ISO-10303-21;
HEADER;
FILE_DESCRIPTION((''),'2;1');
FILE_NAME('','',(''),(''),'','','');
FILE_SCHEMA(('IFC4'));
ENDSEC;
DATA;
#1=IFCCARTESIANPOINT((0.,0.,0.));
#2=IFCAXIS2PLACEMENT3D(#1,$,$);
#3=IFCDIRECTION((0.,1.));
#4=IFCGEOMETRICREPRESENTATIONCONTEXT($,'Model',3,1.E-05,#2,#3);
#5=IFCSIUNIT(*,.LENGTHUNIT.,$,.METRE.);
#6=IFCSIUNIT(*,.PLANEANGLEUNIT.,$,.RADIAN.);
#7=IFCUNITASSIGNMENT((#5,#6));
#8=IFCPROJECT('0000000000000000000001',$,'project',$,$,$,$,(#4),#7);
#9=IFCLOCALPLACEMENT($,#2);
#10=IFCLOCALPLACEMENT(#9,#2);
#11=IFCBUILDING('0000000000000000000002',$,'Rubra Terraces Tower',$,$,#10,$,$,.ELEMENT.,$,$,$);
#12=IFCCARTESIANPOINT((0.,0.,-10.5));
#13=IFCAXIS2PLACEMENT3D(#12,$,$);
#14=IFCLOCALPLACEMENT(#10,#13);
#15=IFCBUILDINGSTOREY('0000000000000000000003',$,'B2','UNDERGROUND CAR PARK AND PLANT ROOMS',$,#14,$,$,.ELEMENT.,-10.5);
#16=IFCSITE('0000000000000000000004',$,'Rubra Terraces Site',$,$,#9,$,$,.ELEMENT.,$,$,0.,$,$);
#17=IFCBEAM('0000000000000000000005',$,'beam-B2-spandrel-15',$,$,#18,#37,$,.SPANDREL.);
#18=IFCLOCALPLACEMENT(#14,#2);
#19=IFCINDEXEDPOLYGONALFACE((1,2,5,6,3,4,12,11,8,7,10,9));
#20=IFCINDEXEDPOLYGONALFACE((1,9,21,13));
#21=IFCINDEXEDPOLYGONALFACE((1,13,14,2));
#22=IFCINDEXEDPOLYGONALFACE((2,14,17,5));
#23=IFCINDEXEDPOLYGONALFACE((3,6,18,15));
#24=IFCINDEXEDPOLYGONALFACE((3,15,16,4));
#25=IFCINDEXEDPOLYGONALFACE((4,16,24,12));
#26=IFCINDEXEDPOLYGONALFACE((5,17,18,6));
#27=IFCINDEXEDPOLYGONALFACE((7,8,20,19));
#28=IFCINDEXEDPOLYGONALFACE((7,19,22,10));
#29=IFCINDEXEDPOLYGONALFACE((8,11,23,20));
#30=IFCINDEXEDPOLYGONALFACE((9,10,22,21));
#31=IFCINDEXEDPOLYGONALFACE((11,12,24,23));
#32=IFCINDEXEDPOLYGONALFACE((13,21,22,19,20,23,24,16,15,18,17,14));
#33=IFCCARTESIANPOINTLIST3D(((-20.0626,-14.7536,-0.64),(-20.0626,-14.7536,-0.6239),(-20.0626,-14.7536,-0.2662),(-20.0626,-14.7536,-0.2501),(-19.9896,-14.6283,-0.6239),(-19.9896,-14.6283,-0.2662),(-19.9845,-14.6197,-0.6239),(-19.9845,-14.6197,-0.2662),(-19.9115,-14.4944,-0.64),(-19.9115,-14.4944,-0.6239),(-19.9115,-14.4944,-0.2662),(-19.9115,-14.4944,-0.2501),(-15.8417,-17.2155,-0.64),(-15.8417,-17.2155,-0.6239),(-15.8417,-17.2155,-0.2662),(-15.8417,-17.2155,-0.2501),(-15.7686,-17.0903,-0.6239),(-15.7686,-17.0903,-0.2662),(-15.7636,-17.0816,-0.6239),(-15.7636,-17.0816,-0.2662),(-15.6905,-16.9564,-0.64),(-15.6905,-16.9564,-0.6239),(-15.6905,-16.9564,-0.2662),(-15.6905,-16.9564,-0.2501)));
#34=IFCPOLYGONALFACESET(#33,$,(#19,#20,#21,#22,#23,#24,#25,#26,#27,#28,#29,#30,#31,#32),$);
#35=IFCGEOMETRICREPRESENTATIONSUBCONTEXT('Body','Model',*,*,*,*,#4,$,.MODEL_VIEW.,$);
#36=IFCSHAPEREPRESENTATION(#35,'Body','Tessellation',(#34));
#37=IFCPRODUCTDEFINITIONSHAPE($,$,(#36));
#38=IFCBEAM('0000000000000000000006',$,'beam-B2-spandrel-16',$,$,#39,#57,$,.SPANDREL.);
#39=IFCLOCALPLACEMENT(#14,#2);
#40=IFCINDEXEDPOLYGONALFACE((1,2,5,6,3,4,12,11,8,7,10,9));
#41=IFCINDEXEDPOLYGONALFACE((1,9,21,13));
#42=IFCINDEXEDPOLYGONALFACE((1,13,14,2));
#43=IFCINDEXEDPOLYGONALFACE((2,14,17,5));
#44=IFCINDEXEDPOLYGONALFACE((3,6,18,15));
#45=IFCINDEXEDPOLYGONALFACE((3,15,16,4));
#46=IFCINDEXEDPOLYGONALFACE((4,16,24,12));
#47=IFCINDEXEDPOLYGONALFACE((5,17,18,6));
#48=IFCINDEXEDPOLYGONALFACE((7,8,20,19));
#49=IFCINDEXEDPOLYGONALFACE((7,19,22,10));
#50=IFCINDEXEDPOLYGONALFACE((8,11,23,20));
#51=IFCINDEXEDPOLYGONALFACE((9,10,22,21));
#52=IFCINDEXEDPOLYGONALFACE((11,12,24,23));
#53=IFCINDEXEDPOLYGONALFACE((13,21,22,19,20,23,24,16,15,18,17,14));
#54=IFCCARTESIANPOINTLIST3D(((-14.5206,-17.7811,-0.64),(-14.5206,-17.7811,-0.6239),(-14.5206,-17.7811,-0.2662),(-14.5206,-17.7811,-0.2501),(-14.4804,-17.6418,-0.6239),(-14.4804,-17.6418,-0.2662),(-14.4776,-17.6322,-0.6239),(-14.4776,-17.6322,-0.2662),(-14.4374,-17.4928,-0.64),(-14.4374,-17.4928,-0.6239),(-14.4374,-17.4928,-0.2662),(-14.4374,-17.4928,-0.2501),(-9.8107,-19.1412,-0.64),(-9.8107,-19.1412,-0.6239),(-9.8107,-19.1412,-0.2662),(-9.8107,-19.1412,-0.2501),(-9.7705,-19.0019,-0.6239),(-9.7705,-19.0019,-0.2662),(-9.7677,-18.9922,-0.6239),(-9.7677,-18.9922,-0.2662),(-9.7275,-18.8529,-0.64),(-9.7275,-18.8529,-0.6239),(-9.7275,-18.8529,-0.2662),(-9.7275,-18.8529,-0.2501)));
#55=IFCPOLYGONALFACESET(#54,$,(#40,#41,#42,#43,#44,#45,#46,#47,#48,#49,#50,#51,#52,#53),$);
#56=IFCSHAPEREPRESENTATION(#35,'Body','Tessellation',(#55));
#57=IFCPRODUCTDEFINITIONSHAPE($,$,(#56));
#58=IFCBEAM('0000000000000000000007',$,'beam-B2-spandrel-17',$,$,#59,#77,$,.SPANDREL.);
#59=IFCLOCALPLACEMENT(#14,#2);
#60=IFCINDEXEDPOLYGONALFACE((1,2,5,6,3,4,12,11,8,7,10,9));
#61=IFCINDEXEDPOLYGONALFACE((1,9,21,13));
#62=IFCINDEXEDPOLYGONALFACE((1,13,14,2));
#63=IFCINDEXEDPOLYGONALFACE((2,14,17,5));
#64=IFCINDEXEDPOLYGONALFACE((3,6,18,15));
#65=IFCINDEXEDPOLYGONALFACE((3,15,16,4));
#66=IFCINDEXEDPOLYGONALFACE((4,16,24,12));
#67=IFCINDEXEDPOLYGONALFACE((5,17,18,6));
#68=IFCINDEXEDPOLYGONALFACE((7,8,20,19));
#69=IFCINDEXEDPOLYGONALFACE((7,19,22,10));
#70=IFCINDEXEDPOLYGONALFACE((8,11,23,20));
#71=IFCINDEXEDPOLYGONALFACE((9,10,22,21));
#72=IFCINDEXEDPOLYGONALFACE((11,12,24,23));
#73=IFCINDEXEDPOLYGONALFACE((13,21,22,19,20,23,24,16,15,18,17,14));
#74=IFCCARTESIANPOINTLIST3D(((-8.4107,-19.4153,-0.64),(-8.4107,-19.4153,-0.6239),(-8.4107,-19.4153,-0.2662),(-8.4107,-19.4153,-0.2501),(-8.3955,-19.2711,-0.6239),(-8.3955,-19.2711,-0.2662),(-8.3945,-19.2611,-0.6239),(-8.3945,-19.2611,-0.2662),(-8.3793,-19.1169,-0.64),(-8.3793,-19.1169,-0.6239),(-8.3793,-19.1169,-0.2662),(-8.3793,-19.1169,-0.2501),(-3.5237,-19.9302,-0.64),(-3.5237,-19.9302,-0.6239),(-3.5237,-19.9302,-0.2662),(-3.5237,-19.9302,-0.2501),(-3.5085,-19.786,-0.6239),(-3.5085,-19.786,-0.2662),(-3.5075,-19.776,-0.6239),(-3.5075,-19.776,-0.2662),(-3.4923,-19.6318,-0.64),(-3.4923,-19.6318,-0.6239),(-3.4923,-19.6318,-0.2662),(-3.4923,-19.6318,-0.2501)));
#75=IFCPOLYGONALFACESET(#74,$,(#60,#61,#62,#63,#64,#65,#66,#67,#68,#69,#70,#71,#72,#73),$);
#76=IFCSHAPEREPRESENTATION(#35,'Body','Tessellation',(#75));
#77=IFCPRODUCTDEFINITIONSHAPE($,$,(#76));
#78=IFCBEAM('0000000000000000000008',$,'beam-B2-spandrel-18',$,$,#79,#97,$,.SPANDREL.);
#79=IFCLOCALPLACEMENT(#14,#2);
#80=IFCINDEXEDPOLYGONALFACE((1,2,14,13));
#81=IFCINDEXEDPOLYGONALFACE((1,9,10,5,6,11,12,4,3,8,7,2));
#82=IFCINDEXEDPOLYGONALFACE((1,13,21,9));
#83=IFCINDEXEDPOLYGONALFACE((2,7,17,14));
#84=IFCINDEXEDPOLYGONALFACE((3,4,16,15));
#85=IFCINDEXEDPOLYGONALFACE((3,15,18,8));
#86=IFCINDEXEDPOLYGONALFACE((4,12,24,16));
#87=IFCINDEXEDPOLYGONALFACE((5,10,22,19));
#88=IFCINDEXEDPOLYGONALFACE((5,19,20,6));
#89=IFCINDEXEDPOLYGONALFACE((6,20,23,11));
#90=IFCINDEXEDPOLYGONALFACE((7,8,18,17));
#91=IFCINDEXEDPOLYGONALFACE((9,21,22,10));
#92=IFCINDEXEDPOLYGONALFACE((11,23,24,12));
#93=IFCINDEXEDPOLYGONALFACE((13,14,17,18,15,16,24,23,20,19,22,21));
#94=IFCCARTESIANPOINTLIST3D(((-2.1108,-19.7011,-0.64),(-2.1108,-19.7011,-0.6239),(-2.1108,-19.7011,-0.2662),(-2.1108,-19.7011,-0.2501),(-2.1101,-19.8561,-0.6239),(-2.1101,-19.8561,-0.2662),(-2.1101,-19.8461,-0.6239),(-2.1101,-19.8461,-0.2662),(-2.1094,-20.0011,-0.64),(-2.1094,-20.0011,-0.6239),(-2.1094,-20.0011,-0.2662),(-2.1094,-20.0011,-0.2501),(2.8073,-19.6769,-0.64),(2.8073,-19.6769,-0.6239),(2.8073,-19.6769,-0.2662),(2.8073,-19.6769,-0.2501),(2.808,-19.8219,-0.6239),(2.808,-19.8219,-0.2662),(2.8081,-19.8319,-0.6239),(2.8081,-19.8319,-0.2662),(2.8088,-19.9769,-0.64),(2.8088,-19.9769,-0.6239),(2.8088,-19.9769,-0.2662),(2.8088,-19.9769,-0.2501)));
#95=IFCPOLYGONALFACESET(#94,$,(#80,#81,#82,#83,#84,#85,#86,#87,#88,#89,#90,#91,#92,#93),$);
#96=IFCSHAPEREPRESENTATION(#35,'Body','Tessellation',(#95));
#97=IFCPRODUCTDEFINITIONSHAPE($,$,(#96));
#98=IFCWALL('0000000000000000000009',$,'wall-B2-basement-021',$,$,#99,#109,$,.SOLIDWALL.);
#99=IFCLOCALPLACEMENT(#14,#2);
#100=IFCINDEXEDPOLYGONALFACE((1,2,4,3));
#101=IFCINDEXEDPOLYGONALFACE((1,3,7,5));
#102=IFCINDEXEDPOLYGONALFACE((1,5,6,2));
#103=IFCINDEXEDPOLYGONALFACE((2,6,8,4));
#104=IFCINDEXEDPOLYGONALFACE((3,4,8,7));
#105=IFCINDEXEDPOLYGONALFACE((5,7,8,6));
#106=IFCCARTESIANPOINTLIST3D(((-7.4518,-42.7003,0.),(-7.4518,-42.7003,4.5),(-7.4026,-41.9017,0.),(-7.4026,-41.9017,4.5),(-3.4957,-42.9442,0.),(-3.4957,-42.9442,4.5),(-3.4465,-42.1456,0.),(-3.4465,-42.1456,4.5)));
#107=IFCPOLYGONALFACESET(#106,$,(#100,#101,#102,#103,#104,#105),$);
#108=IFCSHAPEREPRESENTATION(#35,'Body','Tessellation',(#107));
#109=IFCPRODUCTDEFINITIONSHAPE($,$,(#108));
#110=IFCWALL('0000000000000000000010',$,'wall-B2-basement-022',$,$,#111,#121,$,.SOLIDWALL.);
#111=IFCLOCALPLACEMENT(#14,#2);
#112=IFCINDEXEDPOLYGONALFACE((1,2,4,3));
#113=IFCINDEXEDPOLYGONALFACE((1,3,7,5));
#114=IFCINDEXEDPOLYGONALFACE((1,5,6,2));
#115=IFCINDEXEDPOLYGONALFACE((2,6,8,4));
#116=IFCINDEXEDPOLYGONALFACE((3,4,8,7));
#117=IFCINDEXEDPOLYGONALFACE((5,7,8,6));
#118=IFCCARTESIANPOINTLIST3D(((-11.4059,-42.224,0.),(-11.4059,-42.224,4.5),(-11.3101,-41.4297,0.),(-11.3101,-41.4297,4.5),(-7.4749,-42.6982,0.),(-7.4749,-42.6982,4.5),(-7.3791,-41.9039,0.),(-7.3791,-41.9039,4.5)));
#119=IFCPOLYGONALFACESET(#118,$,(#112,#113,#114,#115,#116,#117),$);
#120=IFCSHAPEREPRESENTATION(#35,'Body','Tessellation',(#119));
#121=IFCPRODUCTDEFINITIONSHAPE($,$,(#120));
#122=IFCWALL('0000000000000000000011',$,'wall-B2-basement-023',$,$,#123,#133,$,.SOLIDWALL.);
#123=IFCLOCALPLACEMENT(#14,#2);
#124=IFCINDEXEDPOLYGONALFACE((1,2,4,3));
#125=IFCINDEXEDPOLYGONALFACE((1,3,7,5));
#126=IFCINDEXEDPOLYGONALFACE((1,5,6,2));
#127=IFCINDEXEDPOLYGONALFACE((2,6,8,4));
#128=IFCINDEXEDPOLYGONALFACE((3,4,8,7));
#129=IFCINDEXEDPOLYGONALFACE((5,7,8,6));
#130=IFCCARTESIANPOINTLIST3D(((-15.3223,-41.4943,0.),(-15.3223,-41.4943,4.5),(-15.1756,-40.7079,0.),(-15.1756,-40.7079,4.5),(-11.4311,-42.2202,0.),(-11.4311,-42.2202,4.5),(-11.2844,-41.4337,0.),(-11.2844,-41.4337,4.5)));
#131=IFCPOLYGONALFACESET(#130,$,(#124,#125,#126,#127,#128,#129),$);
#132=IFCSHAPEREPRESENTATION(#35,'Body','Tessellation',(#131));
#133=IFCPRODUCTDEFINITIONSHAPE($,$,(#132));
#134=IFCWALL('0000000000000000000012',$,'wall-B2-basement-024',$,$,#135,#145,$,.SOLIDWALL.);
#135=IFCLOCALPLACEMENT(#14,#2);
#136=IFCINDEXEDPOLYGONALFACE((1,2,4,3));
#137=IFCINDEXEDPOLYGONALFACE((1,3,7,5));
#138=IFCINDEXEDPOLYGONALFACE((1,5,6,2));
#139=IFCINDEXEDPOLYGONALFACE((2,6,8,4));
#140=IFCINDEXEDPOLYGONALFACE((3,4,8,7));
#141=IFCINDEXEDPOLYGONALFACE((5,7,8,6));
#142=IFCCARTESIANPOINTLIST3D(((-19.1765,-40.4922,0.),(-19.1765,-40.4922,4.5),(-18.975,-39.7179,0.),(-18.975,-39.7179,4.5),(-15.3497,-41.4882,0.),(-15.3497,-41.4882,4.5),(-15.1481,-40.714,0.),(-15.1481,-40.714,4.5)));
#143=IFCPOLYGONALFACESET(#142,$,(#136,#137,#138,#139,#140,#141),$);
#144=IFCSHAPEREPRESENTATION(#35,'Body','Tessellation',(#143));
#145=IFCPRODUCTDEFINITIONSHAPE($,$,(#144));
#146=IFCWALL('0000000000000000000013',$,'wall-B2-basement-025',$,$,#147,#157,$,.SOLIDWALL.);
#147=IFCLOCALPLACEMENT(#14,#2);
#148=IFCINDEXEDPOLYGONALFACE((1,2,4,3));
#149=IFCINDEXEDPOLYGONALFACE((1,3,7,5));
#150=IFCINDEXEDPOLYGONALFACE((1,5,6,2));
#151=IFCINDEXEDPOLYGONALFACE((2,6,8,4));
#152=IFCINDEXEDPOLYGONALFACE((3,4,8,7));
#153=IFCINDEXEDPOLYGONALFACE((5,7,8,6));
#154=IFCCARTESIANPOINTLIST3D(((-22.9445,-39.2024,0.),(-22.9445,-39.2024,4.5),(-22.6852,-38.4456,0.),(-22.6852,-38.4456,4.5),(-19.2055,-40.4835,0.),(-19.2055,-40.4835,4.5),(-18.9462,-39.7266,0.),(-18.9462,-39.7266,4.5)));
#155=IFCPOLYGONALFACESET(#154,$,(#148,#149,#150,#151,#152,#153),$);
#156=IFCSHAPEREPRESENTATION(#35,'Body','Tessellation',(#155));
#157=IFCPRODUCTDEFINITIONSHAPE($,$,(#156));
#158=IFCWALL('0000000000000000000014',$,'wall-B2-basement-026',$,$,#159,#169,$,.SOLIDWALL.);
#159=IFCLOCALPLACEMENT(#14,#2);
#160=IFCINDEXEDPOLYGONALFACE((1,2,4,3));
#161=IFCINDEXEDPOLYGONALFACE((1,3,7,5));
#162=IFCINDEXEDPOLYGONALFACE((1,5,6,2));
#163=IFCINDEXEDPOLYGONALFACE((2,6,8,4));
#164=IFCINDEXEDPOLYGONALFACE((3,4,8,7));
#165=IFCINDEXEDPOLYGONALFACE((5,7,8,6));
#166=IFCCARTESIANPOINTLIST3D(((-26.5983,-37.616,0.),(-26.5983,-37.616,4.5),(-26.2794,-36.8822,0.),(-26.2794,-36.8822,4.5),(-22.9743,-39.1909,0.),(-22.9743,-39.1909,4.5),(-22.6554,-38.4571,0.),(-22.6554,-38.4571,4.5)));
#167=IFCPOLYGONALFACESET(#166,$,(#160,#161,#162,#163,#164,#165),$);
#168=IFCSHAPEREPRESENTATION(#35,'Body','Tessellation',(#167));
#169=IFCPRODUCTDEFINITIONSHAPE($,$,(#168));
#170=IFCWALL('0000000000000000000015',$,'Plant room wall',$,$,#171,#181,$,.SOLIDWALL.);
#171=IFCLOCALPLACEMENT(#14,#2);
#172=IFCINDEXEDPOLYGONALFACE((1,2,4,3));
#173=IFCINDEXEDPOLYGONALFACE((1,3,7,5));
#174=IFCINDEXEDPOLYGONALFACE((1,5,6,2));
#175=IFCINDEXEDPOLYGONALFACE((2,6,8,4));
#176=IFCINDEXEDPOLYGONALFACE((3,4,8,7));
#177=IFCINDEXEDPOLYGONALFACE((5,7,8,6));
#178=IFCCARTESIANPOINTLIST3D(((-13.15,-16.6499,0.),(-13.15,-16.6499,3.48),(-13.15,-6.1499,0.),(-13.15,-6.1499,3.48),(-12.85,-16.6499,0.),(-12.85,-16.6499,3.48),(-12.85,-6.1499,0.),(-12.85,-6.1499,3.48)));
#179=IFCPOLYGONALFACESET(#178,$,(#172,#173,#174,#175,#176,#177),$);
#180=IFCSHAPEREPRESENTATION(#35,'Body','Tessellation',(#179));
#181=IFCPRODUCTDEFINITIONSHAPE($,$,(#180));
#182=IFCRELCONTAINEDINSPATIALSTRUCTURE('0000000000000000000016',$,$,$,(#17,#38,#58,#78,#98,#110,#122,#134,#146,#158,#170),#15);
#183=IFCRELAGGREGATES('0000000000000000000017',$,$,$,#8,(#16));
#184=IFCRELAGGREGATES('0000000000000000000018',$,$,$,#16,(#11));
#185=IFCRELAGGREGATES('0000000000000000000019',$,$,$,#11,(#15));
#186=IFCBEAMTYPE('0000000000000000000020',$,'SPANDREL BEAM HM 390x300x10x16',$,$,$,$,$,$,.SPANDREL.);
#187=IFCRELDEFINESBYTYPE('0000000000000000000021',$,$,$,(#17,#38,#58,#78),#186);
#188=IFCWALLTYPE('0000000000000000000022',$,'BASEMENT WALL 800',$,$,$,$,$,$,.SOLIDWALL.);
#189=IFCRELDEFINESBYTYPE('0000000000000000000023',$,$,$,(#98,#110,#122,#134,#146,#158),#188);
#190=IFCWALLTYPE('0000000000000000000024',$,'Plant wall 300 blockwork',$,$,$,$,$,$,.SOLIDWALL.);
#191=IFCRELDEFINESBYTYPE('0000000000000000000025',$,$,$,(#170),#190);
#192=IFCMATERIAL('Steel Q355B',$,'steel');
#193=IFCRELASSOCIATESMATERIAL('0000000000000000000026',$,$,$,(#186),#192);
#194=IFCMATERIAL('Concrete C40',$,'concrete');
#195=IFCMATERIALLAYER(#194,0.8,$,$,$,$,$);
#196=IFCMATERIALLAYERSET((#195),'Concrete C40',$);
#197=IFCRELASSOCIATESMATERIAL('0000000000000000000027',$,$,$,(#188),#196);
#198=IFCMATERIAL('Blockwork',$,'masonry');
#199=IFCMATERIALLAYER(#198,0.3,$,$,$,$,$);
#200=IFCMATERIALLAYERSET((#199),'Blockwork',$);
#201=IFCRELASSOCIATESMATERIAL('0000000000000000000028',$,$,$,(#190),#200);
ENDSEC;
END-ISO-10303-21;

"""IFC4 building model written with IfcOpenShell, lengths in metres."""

from ifc_helpers import new_model, si_unit, direction, frame, frame_2d, origin, origin_2d, place, context, subcontext, project, spatial, rectangle, i_section, extrude, material, layer, layer_set, material_profile, profile_set, type_object, element, save


model = new_model("IFC4")

# Units and contexts
model_context = context("Model", 3, precision=1e-05, world=origin(), true_north=direction((0.0, 1.0)))
body_context = subcontext(model_context, "Body", "Model", "MODEL_VIEW")
ifc_project = project(units=[si_unit("LENGTHUNIT", "METRE"), si_unit("PLANEANGLEUNIT", "RADIAN")], contexts=[model_context])

# Site, building, storey
site_placement = place(None, origin())
site = spatial("IfcSite", under=ifc_project, at=site_placement, Name="Rubra Terraces Site", CompositionType="ELEMENT", RefElevation=0.0)
building_placement = place(site_placement, origin())
building = spatial("IfcBuilding", under=site, at=building_placement, Name="Rubra Terraces Tower", CompositionType="ELEMENT")
storey_placement = place(building_placement, frame((0.0, 0.0, -10.5)))
storey = spatial("IfcBuildingStorey", under=building, at=storey_placement, Name="B2", Description="UNDERGROUND CAR PARK AND PLANT ROOMS", CompositionType="ELEMENT", Elevation=-10.5)

# Beams
ifc_material_1 = material(Name="Steel Q355B", Category="steel")
ifc_material_profile_1 = material_profile(ifc_material_1, i_section(OverallWidth=0.3, OverallDepth=0.3899, WebThickness=0.01, FlangeThickness=0.0161, at=origin_2d()), Name="HM 390x300x10x16")
ifc_profile_set_1 = profile_set([ifc_material_profile_1], Name="Steel Q355B")
beam_type_1 = type_object("IfcBeamType", Name="SPANDREL BEAM HM 390x300x10x16", PredefinedType="SPANDREL", material=ifc_profile_set_1)
beam_1_placement = place(storey_placement, frame((-19.9871, -14.624, -0.4451), z_axis=(0.863806, -0.503824, 0.0), x_axis=(0.503824, 0.863806, 0.0)))
element("IfcBeam", 1, at=beam_1_placement, inside=storey, type_object=beam_type_1, Name="beam-B2-spandrel-15", PredefinedType="SPANDREL", context=body_context, shape_type="SweptSolid", body=[
    extrude(i_section(OverallWidth=0.3, OverallDepth=0.3899, WebThickness=0.01, FlangeThickness=0.0161, at=origin_2d()), origin(), (0.0, 0.0, 1.0), 4.8865),
])
beam_2_placement = place(storey_placement, frame((-14.479, -17.637, -0.4451), z_axis=(0.960744, -0.277436, 0.0), x_axis=(0.277436, 0.960744, 0.0)))
element("IfcBeam", 2, at=beam_2_placement, inside=storey, type_object=beam_type_1, Name="beam-B2-spandrel-16", PredefinedType="SPANDREL", context=body_context, shape_type="SweptSolid", body=[
    extrude(i_section(OverallWidth=0.3, OverallDepth=0.3899, WebThickness=0.01, FlangeThickness=0.0161, at=origin_2d()), origin(), (0.0, 0.0, 1.0), 4.9023),
])
beam_3_placement = place(storey_placement, frame((-8.395, -19.2661, -0.4451), z_axis=(0.994495, -0.10478, 0.0), x_axis=(0.10478, 0.994495, 0.0)))
element("IfcBeam", 3, at=beam_3_placement, inside=storey, type_object=beam_type_1, Name="beam-B2-spandrel-17", PredefinedType="SPANDREL", context=body_context, shape_type="SweptSolid", body=[
    extrude(i_section(OverallWidth=0.3, OverallDepth=0.3899, WebThickness=0.01, FlangeThickness=0.0161, at=origin_2d()), origin(), (0.0, 0.0, 1.0), 4.9141),
])
beam_4_placement = place(storey_placement, frame((-2.1101, -19.8511, -0.4451), z_axis=(0.999988, 0.004914, 0.0), x_axis=(-0.004914, 0.999988, 0.0)))
element("IfcBeam", 4, at=beam_4_placement, inside=storey, type_object=beam_type_1, Name="beam-B2-spandrel-18", PredefinedType="SPANDREL", context=body_context, shape_type="SweptSolid", body=[
    extrude(i_section(OverallWidth=0.3, OverallDepth=0.3899, WebThickness=0.01, FlangeThickness=0.0161, at=origin_2d()), origin(), (0.0, 0.0, 1.0), 4.9182),
])

# Walls
ifc_material_2 = material(Name="Concrete C40", Category="concrete")
ifc_layer_1 = layer(ifc_material_2, 0.8)
ifc_layer_set_1 = layer_set([ifc_layer_1], Name="Concrete C40")
wall_type_1 = type_object("IfcWallType", Name="BASEMENT WALL 800", PredefinedType="SOLIDWALL", material=ifc_layer_set_1)
wall_1_placement = place(storey_placement, frame((-3.4709, -42.5449, 0.0), z_axis=(0.0, 0.0, 1.0), x_axis=(-0.998105, 0.061535, 0.0)))
element("IfcWall", 5, at=wall_1_placement, inside=storey, type_object=wall_type_1, Name="wall-B2-basement-021", PredefinedType="SOLIDWALL", context=body_context, shape_type="SweptSolid", body=[
    extrude(rectangle(XDim=3.9636, YDim=0.8, at=frame_2d((1.9819, 0.0))), origin(), (0.0, 0.0, 1.0), 4.5),
])
wall_2_placement = place(storey_placement, frame((-7.427, -42.301, 0.0), z_axis=(0.0, 0.0, 1.0), x_axis=(-0.992805, 0.119746, 0.0)))
element("IfcWall", 6, at=wall_2_placement, inside=storey, type_object=wall_type_1, Name="wall-B2-basement-022", PredefinedType="SOLIDWALL", context=body_context, shape_type="SweptSolid", body=[
    extrude(rectangle(XDim=3.9595, YDim=0.8, at=frame_2d((1.9797, 0.0))), origin(), (0.0, 0.0, 1.0), 4.5),
])
wall_3_placement = place(storey_placement, frame((-11.3579, -41.8269, 0.0), z_axis=(0.0, 0.0, 1.0), x_axis=(-0.983044, 0.183372, 0.0)))
element("IfcWall", 7, at=wall_3_placement, inside=storey, type_object=wall_type_1, Name="wall-B2-basement-023", PredefinedType="SOLIDWALL", context=body_context, shape_type="SweptSolid", body=[
    extrude(rectangle(XDim=3.9583, YDim=0.8, at=frame_2d((1.979, 0.0))), origin(), (0.0, 0.0, 1.0), 4.5),
])
wall_4_placement = place(storey_placement, frame((-15.249, -41.1011, 0.0), z_axis=(0.0, 0.0, 1.0), x_axis=(-0.967755, 0.251894, 0.0)))
element("IfcWall", 8, at=wall_4_placement, inside=storey, type_object=wall_type_1, Name="wall-B2-basement-024", PredefinedType="SOLIDWALL", context=body_context, shape_type="SweptSolid", body=[
    extrude(rectangle(XDim=3.9543, YDim=0.8, at=frame_2d((1.9771, 0.0))), origin(), (0.0, 0.0, 1.0), 4.5),
])
wall_5_placement = place(storey_placement, frame((-19.0759, -40.105, 0.0), z_axis=(0.0, 0.0, 1.0), x_axis=(-0.946019, 0.324111, 0.0)))
element("IfcWall", 9, at=wall_5_placement, inside=storey, type_object=wall_type_1, Name="wall-B2-basement-025", PredefinedType="SOLIDWALL", context=body_context, shape_type="SweptSolid", body=[
    extrude(rectangle(XDim=3.9524, YDim=0.8, at=frame_2d((1.9761, 0.0))), origin(), (0.0, 0.0, 1.0), 4.5),
])
wall_6_placement = place(storey_placement, frame((-22.8149, -38.824, 0.0), z_axis=(0.0, 0.0, 1.0), x_axis=(-0.917136, 0.398575, 0.0)))
element("IfcWall", 10, at=wall_6_placement, inside=storey, type_object=wall_type_1, Name="wall-B2-basement-026", PredefinedType="SOLIDWALL", context=body_context, shape_type="SweptSolid", body=[
    extrude(rectangle(XDim=3.9514, YDim=0.8, at=frame_2d((1.9756, 0.0))), origin(), (0.0, 0.0, 1.0), 4.5),
])
ifc_material_3 = material(Name="Blockwork", Category="masonry")
ifc_layer_2 = layer(ifc_material_3, 0.3)
ifc_layer_set_2 = layer_set([ifc_layer_2], Name="Blockwork")
wall_type_2 = type_object("IfcWallType", Name="Plant wall 300 blockwork", PredefinedType="SOLIDWALL", material=ifc_layer_set_2)
wall_7_placement = place(storey_placement, frame((-13.0, -16.6499, 0.0), z_axis=(0.0, 0.0, 1.0), x_axis=(0.0, 1.0, 0.0)))
element("IfcWall", 11, at=wall_7_placement, inside=storey, type_object=wall_type_2, Name="Plant room wall", PredefinedType="SOLIDWALL", context=body_context, shape_type="SweptSolid", body=[
    extrude(rectangle(XDim=10.5, YDim=0.3, at=frame_2d((5.25, 0.0))), origin(), (0.0, 0.0, 1.0), 3.48),
])

save(model, "model.ifc")
